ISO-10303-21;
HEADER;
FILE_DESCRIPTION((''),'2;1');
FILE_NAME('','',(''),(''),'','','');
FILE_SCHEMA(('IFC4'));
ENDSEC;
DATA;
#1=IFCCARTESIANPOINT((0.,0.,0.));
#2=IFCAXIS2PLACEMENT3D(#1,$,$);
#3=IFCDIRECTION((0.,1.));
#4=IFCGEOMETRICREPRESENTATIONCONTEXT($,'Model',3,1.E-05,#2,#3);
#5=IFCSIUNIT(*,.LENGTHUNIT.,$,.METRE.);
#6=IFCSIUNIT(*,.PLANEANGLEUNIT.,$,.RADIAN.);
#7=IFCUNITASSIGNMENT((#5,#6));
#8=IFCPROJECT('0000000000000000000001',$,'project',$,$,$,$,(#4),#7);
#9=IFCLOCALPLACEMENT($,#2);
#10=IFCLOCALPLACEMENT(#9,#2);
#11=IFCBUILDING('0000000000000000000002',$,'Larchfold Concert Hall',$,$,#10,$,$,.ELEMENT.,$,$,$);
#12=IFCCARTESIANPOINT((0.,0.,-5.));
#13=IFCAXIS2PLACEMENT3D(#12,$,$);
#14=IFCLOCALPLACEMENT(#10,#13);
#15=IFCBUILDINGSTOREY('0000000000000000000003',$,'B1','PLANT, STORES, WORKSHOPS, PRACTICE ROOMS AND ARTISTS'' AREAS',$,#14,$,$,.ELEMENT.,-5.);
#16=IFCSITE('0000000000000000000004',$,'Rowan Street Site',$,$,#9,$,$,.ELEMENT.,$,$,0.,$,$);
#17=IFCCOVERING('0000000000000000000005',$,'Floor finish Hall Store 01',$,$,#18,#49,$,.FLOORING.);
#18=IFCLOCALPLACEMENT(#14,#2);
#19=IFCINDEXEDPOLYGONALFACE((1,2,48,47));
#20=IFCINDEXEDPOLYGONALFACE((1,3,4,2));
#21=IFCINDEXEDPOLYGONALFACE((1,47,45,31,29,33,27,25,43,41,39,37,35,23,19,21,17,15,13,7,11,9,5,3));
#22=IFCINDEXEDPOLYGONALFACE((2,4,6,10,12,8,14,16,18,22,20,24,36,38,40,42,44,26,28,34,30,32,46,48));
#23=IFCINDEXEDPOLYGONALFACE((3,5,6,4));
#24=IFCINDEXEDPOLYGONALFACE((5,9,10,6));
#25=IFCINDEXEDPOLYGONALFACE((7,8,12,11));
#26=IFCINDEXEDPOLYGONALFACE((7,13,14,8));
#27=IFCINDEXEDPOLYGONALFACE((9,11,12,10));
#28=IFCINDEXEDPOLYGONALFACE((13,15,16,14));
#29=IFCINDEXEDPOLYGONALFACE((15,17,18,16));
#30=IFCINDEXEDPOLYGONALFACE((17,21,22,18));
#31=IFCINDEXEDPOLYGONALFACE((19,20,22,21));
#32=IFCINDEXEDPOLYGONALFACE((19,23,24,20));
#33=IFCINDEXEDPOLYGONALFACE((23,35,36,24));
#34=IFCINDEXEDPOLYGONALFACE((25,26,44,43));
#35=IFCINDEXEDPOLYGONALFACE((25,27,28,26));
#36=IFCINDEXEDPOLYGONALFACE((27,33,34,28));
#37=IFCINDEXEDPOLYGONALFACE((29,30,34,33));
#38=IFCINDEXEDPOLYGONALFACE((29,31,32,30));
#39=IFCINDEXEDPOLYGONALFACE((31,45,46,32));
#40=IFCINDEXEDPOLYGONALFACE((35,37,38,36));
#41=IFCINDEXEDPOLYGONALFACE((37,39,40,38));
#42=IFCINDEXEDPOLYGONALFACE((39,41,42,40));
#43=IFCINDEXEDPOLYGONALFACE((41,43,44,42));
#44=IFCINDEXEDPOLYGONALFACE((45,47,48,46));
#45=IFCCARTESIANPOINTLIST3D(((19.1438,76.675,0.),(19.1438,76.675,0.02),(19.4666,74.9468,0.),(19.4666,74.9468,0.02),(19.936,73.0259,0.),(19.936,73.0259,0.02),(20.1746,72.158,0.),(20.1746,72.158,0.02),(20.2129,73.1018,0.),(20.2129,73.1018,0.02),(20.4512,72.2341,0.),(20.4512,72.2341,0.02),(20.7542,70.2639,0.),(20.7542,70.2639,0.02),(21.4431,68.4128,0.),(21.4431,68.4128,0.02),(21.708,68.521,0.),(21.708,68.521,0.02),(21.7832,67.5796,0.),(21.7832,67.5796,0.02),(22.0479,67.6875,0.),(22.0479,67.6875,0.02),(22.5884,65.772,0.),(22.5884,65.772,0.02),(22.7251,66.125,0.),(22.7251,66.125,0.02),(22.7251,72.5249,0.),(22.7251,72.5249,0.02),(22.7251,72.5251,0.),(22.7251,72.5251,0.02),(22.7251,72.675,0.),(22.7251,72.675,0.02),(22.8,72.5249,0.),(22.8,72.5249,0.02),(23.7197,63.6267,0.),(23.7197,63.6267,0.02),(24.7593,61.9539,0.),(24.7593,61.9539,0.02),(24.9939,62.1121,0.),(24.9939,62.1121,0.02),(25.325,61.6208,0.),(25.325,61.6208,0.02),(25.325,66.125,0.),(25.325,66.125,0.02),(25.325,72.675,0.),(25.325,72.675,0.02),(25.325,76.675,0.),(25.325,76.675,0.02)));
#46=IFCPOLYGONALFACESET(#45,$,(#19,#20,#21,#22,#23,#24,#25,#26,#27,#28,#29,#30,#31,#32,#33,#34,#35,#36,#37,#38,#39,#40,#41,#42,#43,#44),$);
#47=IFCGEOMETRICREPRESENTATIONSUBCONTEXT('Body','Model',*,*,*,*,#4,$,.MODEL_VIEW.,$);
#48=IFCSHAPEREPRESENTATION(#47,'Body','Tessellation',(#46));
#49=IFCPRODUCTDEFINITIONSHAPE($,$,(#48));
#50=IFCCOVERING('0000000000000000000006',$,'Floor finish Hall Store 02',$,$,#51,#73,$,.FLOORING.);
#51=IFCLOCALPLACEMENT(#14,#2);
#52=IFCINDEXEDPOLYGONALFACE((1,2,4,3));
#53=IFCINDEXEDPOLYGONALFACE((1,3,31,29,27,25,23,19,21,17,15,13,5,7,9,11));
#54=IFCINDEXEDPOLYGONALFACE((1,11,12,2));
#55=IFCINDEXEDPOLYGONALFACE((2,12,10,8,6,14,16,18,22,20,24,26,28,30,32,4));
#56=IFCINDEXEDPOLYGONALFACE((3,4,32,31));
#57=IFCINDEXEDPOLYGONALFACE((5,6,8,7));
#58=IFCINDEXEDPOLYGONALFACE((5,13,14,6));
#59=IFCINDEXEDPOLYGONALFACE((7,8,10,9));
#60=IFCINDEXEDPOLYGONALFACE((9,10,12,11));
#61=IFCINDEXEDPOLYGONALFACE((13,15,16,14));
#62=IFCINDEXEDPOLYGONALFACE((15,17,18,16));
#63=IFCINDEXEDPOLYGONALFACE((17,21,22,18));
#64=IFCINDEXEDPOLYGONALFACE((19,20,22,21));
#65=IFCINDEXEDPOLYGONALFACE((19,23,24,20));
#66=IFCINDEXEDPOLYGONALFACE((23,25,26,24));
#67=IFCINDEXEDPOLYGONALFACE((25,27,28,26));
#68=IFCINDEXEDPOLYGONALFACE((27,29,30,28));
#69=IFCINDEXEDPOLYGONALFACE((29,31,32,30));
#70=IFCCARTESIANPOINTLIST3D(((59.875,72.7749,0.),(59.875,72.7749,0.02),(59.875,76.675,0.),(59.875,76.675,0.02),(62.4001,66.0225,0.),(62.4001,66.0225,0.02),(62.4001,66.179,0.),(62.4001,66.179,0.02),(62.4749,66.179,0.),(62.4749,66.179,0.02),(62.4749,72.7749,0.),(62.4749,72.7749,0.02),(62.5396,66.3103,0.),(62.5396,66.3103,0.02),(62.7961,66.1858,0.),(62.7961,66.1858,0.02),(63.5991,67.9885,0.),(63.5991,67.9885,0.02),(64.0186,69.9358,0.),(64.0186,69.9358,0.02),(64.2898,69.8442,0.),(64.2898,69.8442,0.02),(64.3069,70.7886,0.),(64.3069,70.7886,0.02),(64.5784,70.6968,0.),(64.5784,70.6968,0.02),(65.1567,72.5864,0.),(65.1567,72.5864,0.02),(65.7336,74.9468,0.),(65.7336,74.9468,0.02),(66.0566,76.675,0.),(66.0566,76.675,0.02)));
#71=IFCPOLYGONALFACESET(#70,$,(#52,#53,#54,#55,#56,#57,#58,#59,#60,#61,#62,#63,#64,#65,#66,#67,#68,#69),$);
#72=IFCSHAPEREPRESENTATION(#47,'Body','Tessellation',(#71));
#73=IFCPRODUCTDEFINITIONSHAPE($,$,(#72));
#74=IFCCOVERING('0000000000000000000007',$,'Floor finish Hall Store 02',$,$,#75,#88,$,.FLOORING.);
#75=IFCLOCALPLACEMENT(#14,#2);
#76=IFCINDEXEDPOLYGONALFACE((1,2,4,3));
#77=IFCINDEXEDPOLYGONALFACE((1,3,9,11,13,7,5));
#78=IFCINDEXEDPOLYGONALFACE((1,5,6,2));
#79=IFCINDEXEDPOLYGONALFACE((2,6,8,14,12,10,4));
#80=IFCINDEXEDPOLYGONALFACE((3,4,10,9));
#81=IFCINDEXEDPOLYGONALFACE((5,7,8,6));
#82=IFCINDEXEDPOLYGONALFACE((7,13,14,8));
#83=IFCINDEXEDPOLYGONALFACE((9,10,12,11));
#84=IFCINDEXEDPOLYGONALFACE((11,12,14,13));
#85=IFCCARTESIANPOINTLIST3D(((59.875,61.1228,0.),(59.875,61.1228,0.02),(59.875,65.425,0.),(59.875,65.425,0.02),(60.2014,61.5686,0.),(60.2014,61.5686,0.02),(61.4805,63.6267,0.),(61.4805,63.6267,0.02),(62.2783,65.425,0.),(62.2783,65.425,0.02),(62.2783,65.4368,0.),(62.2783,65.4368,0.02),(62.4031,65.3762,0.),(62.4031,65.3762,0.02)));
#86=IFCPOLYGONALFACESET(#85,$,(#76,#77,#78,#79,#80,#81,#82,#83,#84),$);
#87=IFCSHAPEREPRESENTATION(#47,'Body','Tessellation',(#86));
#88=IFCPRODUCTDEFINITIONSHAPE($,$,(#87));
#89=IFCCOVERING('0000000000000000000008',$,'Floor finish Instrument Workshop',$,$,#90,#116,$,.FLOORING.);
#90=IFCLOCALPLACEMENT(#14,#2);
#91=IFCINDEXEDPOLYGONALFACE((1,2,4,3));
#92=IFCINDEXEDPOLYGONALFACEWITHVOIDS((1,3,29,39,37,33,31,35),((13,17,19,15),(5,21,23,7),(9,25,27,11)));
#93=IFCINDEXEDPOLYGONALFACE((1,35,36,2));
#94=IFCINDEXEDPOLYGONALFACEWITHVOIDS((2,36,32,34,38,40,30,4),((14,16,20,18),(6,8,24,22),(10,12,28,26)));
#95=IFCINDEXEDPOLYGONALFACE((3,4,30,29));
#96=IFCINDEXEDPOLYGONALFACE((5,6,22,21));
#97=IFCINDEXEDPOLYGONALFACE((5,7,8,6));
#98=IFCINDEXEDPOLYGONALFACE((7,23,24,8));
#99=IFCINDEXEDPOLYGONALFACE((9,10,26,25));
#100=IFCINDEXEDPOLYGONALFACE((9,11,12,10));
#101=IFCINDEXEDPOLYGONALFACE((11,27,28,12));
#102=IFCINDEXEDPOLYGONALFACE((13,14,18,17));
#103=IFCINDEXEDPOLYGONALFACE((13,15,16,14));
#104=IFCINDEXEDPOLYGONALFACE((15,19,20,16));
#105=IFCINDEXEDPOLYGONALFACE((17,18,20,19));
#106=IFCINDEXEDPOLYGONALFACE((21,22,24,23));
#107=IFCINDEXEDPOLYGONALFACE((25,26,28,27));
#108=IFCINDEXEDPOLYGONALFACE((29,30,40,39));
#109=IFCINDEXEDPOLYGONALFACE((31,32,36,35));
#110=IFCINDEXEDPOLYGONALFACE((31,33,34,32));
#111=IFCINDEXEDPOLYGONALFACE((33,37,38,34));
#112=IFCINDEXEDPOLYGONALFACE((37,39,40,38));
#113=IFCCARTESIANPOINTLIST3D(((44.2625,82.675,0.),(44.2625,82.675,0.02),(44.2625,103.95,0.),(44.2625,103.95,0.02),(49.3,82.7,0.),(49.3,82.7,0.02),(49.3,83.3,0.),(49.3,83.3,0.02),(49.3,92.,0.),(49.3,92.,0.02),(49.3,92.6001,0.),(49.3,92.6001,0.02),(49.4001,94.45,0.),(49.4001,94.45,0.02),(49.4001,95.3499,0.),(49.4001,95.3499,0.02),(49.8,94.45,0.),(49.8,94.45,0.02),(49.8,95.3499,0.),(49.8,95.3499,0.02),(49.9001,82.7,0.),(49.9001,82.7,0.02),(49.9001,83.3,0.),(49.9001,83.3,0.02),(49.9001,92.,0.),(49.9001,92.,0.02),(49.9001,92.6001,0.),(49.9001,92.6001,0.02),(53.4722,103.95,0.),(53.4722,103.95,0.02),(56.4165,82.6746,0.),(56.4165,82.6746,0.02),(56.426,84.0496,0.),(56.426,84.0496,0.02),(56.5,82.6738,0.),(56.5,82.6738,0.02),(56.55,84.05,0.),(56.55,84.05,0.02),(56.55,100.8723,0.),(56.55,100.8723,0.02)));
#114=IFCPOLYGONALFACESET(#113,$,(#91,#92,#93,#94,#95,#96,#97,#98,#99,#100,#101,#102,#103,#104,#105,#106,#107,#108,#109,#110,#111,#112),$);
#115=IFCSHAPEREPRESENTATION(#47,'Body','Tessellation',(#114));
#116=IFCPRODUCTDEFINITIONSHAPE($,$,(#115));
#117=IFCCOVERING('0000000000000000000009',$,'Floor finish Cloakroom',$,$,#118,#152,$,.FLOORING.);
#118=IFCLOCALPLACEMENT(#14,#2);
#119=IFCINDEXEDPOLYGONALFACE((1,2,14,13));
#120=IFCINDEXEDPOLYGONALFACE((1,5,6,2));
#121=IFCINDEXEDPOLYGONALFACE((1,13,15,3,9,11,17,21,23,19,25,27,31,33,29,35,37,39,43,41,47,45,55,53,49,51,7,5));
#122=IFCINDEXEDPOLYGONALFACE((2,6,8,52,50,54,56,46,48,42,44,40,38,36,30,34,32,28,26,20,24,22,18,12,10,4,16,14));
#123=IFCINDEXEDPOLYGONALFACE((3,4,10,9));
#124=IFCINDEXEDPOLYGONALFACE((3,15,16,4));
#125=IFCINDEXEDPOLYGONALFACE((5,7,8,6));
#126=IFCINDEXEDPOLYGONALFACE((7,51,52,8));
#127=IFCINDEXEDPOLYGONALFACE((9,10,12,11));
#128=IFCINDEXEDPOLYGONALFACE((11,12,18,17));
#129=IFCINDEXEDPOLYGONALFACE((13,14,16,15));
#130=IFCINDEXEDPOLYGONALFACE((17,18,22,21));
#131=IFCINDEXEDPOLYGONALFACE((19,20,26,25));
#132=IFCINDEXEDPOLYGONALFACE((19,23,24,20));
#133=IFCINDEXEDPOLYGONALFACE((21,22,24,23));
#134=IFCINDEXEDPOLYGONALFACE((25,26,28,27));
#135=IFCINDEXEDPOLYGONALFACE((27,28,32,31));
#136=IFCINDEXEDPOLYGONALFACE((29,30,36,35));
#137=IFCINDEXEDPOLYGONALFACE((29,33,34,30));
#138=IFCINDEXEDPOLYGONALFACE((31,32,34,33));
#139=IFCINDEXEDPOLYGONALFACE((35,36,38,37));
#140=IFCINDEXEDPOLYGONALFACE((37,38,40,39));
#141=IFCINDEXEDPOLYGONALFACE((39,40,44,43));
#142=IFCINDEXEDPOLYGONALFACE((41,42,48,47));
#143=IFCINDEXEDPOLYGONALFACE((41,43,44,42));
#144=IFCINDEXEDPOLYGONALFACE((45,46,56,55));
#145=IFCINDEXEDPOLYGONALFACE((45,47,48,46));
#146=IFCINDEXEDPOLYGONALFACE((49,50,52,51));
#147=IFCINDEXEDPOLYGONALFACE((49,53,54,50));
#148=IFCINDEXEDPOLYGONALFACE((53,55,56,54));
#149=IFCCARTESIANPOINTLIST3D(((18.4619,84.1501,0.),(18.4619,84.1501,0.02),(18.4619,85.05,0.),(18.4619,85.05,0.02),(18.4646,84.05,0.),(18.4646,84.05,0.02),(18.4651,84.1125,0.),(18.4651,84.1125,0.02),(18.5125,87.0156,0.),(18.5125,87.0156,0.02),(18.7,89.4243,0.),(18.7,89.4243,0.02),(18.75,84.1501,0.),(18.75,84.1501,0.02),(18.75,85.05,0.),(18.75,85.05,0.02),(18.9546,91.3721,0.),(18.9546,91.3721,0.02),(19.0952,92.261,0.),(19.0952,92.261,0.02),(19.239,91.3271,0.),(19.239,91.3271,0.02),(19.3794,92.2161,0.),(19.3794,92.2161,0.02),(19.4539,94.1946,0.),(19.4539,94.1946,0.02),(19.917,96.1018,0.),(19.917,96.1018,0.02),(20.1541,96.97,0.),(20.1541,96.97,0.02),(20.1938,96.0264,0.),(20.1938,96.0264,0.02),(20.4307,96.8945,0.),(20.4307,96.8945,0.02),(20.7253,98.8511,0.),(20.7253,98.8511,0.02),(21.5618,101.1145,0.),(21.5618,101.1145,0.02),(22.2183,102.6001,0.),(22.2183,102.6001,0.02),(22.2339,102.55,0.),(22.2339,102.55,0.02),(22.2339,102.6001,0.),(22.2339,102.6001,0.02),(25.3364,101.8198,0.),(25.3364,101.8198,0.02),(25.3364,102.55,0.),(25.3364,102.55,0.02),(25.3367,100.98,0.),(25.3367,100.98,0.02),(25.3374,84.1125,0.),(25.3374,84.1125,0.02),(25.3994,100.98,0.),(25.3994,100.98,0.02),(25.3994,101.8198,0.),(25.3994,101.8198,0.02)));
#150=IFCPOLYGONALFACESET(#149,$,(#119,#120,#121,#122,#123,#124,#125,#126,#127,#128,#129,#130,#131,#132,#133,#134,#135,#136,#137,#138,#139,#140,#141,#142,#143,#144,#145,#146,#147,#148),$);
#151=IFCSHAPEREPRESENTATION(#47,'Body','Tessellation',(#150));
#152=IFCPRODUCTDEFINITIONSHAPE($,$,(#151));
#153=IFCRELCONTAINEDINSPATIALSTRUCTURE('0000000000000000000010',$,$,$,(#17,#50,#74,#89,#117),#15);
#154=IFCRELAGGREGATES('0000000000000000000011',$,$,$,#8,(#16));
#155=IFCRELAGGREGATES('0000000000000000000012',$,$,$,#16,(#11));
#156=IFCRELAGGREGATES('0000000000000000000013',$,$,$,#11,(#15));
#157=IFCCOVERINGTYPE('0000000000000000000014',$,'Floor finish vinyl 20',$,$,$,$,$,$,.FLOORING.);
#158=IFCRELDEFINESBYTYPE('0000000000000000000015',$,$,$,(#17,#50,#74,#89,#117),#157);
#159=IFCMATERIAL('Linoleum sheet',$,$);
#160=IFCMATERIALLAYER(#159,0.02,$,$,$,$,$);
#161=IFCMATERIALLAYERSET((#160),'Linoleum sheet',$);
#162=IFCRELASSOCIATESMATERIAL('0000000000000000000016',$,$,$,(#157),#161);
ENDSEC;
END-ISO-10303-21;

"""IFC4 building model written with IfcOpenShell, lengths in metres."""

from ifc_helpers import new_model, si_unit, direction, frame, origin, place, context, subcontext, project, spatial, polyline, outline, extrude, material, layer, layer_set, type_object, element, save


model = new_model("IFC4")

# Units and contexts
model_context = context("Model", 3, precision=1e-05, world=origin(), true_north=direction((0.0, 1.0)))
body_context = subcontext(model_context, "Body", "Model", "MODEL_VIEW")
ifc_project = project(units=[si_unit("LENGTHUNIT", "METRE"), si_unit("PLANEANGLEUNIT", "RADIAN")], contexts=[model_context])

# Site, building, storey
site_placement = place(None, origin())
site = spatial("IfcSite", under=ifc_project, at=site_placement, Name="Rowan Street Site", CompositionType="ELEMENT", RefElevation=0.0)
building_placement = place(site_placement, origin())
building = spatial("IfcBuilding", under=site, at=building_placement, Name="Larchfold Concert Hall", CompositionType="ELEMENT")
storey_placement = place(building_placement, frame((0.0, 0.0, -5.0)))
storey = spatial("IfcBuildingStorey", under=building, at=storey_placement, Name="B1", Description="PLANT, STORES, WORKSHOPS, PRACTICE ROOMS AND ARTISTS' AREAS", CompositionType="ELEMENT", Elevation=-5.0)

# Coverings
ifc_material_1 = material(Name="Linoleum sheet")
ifc_layer_1 = layer(ifc_material_1, 0.02)
ifc_layer_set_1 = layer_set([ifc_layer_1], Name="Linoleum sheet")
covering_type_1 = type_object("IfcCoveringType", Name="Floor finish vinyl 20", PredefinedType="FLOORING", material=ifc_layer_set_1)
covering_1_placement = place(storey_placement, origin())
element("IfcCovering", 1, at=covering_1_placement, inside=storey, type_object=covering_type_1, Name="Floor finish Hall Store 01", PredefinedType="FLOORING", context=body_context, shape_type="SweptSolid", body=[
    extrude(outline(polyline([(22.8, 72.5249), (22.7251, 72.5251), (22.7251, 72.675), (25.325, 72.675), (25.325, 76.675), (19.1438, 76.675), (19.4666, 74.9468), (19.936, 73.0259), (20.2129, 73.1018), (20.4512, 72.2341), (20.1746, 72.158), (20.7542, 70.2639), (21.4431, 68.4128), (21.708, 68.521), (22.0479, 67.6875), (21.7832, 67.5796), (22.5884, 65.772), (23.7197, 63.6267), (24.7593, 61.9539), (24.9939, 62.1121), (25.325, 61.6208), (25.325, 66.125), (22.7251, 66.125), (22.7251, 72.5249), (22.8, 72.5249)])), origin(), (0.0, 0.0, 1.0), 0.02),
])
covering_2_placement = place(storey_placement, origin())
element("IfcCovering", 2, at=covering_2_placement, inside=storey, type_object=covering_type_1, Name="Floor finish Hall Store 02", PredefinedType="FLOORING", context=body_context, shape_type="SweptSolid", body=[
    extrude(outline(polyline([(62.4001, 66.179), (62.4001, 66.0225), (62.5396, 66.3103), (62.7961, 66.1858), (63.5991, 67.9885), (64.2898, 69.8442), (64.0186, 69.9358), (64.3069, 70.7886), (64.5784, 70.6968), (65.1567, 72.5864), (65.7336, 74.9468), (66.0566, 76.675), (59.875, 76.675), (59.875, 72.7749), (62.4749, 72.7749), (62.4749, 66.179), (62.4001, 66.179)])), origin(), (0.0, 0.0, 1.0), 0.02),
])
covering_3_placement = place(storey_placement, origin())
element("IfcCovering", 3, at=covering_3_placement, inside=storey, type_object=covering_type_1, Name="Floor finish Hall Store 02", PredefinedType="FLOORING", context=body_context, shape_type="SweptSolid", body=[
    extrude(outline(polyline([(62.2783, 65.425), (59.875, 65.425), (59.875, 61.1228), (60.2014, 61.5686), (61.4805, 63.6267), (62.4031, 65.3762), (62.2783, 65.4368), (62.2783, 65.425)])), origin(), (0.0, 0.0, 1.0), 0.02),
])
covering_4_placement = place(storey_placement, origin())
element("IfcCovering", 4, at=covering_4_placement, inside=storey, type_object=covering_type_1, Name="Floor finish Instrument Workshop", PredefinedType="FLOORING", context=body_context, shape_type="SweptSolid", body=[
    extrude(outline(polyline([(56.5, 82.6738), (56.4165, 82.6746), (56.426, 84.0496), (56.55, 84.05), (56.55, 100.8723), (53.4722, 103.95), (44.2625, 103.95), (44.2625, 82.675), (56.5, 82.6738)]), holes=[polyline([(49.9001, 83.3), (49.9001, 82.7), (49.3, 82.7), (49.3, 83.3), (49.9001, 83.3)]), polyline([(49.9001, 92.6001), (49.9001, 92.0), (49.3, 92.0), (49.3, 92.6001), (49.9001, 92.6001)]), polyline([(49.4001, 95.3499), (49.8, 95.3499), (49.8, 94.45), (49.4001, 94.45), (49.4001, 95.3499)])]), origin(), (0.0, 0.0, 1.0), 0.02),
])
covering_5_placement = place(storey_placement, origin())
element("IfcCovering", 5, at=covering_5_placement, inside=storey, type_object=covering_type_1, Name="Floor finish Cloakroom", PredefinedType="FLOORING", context=body_context, shape_type="SweptSolid", body=[
    extrude(outline(polyline([(18.4646, 84.05), (18.4651, 84.1125), (25.3374, 84.1125), (25.3367, 100.98), (25.3994, 100.98), (25.3994, 101.8198), (25.3364, 101.8198), (25.3364, 102.55), (22.2339, 102.55), (22.2339, 102.6001), (22.2183, 102.6001), (21.5618, 101.1145), (20.7253, 98.8511), (20.1541, 96.97), (20.4307, 96.8945), (20.1938, 96.0264), (19.917, 96.1018), (19.4539, 94.1946), (19.0952, 92.261), (19.3794, 92.2161), (19.239, 91.3271), (18.9546, 91.3721), (18.7, 89.4243), (18.5125, 87.0156), (18.4619, 85.05), (18.75, 85.05), (18.75, 84.1501), (18.4619, 84.1501), (18.4646, 84.05)])), origin(), (0.0, 0.0, 1.0), 0.02),
])

save(model, "model.ifc")
